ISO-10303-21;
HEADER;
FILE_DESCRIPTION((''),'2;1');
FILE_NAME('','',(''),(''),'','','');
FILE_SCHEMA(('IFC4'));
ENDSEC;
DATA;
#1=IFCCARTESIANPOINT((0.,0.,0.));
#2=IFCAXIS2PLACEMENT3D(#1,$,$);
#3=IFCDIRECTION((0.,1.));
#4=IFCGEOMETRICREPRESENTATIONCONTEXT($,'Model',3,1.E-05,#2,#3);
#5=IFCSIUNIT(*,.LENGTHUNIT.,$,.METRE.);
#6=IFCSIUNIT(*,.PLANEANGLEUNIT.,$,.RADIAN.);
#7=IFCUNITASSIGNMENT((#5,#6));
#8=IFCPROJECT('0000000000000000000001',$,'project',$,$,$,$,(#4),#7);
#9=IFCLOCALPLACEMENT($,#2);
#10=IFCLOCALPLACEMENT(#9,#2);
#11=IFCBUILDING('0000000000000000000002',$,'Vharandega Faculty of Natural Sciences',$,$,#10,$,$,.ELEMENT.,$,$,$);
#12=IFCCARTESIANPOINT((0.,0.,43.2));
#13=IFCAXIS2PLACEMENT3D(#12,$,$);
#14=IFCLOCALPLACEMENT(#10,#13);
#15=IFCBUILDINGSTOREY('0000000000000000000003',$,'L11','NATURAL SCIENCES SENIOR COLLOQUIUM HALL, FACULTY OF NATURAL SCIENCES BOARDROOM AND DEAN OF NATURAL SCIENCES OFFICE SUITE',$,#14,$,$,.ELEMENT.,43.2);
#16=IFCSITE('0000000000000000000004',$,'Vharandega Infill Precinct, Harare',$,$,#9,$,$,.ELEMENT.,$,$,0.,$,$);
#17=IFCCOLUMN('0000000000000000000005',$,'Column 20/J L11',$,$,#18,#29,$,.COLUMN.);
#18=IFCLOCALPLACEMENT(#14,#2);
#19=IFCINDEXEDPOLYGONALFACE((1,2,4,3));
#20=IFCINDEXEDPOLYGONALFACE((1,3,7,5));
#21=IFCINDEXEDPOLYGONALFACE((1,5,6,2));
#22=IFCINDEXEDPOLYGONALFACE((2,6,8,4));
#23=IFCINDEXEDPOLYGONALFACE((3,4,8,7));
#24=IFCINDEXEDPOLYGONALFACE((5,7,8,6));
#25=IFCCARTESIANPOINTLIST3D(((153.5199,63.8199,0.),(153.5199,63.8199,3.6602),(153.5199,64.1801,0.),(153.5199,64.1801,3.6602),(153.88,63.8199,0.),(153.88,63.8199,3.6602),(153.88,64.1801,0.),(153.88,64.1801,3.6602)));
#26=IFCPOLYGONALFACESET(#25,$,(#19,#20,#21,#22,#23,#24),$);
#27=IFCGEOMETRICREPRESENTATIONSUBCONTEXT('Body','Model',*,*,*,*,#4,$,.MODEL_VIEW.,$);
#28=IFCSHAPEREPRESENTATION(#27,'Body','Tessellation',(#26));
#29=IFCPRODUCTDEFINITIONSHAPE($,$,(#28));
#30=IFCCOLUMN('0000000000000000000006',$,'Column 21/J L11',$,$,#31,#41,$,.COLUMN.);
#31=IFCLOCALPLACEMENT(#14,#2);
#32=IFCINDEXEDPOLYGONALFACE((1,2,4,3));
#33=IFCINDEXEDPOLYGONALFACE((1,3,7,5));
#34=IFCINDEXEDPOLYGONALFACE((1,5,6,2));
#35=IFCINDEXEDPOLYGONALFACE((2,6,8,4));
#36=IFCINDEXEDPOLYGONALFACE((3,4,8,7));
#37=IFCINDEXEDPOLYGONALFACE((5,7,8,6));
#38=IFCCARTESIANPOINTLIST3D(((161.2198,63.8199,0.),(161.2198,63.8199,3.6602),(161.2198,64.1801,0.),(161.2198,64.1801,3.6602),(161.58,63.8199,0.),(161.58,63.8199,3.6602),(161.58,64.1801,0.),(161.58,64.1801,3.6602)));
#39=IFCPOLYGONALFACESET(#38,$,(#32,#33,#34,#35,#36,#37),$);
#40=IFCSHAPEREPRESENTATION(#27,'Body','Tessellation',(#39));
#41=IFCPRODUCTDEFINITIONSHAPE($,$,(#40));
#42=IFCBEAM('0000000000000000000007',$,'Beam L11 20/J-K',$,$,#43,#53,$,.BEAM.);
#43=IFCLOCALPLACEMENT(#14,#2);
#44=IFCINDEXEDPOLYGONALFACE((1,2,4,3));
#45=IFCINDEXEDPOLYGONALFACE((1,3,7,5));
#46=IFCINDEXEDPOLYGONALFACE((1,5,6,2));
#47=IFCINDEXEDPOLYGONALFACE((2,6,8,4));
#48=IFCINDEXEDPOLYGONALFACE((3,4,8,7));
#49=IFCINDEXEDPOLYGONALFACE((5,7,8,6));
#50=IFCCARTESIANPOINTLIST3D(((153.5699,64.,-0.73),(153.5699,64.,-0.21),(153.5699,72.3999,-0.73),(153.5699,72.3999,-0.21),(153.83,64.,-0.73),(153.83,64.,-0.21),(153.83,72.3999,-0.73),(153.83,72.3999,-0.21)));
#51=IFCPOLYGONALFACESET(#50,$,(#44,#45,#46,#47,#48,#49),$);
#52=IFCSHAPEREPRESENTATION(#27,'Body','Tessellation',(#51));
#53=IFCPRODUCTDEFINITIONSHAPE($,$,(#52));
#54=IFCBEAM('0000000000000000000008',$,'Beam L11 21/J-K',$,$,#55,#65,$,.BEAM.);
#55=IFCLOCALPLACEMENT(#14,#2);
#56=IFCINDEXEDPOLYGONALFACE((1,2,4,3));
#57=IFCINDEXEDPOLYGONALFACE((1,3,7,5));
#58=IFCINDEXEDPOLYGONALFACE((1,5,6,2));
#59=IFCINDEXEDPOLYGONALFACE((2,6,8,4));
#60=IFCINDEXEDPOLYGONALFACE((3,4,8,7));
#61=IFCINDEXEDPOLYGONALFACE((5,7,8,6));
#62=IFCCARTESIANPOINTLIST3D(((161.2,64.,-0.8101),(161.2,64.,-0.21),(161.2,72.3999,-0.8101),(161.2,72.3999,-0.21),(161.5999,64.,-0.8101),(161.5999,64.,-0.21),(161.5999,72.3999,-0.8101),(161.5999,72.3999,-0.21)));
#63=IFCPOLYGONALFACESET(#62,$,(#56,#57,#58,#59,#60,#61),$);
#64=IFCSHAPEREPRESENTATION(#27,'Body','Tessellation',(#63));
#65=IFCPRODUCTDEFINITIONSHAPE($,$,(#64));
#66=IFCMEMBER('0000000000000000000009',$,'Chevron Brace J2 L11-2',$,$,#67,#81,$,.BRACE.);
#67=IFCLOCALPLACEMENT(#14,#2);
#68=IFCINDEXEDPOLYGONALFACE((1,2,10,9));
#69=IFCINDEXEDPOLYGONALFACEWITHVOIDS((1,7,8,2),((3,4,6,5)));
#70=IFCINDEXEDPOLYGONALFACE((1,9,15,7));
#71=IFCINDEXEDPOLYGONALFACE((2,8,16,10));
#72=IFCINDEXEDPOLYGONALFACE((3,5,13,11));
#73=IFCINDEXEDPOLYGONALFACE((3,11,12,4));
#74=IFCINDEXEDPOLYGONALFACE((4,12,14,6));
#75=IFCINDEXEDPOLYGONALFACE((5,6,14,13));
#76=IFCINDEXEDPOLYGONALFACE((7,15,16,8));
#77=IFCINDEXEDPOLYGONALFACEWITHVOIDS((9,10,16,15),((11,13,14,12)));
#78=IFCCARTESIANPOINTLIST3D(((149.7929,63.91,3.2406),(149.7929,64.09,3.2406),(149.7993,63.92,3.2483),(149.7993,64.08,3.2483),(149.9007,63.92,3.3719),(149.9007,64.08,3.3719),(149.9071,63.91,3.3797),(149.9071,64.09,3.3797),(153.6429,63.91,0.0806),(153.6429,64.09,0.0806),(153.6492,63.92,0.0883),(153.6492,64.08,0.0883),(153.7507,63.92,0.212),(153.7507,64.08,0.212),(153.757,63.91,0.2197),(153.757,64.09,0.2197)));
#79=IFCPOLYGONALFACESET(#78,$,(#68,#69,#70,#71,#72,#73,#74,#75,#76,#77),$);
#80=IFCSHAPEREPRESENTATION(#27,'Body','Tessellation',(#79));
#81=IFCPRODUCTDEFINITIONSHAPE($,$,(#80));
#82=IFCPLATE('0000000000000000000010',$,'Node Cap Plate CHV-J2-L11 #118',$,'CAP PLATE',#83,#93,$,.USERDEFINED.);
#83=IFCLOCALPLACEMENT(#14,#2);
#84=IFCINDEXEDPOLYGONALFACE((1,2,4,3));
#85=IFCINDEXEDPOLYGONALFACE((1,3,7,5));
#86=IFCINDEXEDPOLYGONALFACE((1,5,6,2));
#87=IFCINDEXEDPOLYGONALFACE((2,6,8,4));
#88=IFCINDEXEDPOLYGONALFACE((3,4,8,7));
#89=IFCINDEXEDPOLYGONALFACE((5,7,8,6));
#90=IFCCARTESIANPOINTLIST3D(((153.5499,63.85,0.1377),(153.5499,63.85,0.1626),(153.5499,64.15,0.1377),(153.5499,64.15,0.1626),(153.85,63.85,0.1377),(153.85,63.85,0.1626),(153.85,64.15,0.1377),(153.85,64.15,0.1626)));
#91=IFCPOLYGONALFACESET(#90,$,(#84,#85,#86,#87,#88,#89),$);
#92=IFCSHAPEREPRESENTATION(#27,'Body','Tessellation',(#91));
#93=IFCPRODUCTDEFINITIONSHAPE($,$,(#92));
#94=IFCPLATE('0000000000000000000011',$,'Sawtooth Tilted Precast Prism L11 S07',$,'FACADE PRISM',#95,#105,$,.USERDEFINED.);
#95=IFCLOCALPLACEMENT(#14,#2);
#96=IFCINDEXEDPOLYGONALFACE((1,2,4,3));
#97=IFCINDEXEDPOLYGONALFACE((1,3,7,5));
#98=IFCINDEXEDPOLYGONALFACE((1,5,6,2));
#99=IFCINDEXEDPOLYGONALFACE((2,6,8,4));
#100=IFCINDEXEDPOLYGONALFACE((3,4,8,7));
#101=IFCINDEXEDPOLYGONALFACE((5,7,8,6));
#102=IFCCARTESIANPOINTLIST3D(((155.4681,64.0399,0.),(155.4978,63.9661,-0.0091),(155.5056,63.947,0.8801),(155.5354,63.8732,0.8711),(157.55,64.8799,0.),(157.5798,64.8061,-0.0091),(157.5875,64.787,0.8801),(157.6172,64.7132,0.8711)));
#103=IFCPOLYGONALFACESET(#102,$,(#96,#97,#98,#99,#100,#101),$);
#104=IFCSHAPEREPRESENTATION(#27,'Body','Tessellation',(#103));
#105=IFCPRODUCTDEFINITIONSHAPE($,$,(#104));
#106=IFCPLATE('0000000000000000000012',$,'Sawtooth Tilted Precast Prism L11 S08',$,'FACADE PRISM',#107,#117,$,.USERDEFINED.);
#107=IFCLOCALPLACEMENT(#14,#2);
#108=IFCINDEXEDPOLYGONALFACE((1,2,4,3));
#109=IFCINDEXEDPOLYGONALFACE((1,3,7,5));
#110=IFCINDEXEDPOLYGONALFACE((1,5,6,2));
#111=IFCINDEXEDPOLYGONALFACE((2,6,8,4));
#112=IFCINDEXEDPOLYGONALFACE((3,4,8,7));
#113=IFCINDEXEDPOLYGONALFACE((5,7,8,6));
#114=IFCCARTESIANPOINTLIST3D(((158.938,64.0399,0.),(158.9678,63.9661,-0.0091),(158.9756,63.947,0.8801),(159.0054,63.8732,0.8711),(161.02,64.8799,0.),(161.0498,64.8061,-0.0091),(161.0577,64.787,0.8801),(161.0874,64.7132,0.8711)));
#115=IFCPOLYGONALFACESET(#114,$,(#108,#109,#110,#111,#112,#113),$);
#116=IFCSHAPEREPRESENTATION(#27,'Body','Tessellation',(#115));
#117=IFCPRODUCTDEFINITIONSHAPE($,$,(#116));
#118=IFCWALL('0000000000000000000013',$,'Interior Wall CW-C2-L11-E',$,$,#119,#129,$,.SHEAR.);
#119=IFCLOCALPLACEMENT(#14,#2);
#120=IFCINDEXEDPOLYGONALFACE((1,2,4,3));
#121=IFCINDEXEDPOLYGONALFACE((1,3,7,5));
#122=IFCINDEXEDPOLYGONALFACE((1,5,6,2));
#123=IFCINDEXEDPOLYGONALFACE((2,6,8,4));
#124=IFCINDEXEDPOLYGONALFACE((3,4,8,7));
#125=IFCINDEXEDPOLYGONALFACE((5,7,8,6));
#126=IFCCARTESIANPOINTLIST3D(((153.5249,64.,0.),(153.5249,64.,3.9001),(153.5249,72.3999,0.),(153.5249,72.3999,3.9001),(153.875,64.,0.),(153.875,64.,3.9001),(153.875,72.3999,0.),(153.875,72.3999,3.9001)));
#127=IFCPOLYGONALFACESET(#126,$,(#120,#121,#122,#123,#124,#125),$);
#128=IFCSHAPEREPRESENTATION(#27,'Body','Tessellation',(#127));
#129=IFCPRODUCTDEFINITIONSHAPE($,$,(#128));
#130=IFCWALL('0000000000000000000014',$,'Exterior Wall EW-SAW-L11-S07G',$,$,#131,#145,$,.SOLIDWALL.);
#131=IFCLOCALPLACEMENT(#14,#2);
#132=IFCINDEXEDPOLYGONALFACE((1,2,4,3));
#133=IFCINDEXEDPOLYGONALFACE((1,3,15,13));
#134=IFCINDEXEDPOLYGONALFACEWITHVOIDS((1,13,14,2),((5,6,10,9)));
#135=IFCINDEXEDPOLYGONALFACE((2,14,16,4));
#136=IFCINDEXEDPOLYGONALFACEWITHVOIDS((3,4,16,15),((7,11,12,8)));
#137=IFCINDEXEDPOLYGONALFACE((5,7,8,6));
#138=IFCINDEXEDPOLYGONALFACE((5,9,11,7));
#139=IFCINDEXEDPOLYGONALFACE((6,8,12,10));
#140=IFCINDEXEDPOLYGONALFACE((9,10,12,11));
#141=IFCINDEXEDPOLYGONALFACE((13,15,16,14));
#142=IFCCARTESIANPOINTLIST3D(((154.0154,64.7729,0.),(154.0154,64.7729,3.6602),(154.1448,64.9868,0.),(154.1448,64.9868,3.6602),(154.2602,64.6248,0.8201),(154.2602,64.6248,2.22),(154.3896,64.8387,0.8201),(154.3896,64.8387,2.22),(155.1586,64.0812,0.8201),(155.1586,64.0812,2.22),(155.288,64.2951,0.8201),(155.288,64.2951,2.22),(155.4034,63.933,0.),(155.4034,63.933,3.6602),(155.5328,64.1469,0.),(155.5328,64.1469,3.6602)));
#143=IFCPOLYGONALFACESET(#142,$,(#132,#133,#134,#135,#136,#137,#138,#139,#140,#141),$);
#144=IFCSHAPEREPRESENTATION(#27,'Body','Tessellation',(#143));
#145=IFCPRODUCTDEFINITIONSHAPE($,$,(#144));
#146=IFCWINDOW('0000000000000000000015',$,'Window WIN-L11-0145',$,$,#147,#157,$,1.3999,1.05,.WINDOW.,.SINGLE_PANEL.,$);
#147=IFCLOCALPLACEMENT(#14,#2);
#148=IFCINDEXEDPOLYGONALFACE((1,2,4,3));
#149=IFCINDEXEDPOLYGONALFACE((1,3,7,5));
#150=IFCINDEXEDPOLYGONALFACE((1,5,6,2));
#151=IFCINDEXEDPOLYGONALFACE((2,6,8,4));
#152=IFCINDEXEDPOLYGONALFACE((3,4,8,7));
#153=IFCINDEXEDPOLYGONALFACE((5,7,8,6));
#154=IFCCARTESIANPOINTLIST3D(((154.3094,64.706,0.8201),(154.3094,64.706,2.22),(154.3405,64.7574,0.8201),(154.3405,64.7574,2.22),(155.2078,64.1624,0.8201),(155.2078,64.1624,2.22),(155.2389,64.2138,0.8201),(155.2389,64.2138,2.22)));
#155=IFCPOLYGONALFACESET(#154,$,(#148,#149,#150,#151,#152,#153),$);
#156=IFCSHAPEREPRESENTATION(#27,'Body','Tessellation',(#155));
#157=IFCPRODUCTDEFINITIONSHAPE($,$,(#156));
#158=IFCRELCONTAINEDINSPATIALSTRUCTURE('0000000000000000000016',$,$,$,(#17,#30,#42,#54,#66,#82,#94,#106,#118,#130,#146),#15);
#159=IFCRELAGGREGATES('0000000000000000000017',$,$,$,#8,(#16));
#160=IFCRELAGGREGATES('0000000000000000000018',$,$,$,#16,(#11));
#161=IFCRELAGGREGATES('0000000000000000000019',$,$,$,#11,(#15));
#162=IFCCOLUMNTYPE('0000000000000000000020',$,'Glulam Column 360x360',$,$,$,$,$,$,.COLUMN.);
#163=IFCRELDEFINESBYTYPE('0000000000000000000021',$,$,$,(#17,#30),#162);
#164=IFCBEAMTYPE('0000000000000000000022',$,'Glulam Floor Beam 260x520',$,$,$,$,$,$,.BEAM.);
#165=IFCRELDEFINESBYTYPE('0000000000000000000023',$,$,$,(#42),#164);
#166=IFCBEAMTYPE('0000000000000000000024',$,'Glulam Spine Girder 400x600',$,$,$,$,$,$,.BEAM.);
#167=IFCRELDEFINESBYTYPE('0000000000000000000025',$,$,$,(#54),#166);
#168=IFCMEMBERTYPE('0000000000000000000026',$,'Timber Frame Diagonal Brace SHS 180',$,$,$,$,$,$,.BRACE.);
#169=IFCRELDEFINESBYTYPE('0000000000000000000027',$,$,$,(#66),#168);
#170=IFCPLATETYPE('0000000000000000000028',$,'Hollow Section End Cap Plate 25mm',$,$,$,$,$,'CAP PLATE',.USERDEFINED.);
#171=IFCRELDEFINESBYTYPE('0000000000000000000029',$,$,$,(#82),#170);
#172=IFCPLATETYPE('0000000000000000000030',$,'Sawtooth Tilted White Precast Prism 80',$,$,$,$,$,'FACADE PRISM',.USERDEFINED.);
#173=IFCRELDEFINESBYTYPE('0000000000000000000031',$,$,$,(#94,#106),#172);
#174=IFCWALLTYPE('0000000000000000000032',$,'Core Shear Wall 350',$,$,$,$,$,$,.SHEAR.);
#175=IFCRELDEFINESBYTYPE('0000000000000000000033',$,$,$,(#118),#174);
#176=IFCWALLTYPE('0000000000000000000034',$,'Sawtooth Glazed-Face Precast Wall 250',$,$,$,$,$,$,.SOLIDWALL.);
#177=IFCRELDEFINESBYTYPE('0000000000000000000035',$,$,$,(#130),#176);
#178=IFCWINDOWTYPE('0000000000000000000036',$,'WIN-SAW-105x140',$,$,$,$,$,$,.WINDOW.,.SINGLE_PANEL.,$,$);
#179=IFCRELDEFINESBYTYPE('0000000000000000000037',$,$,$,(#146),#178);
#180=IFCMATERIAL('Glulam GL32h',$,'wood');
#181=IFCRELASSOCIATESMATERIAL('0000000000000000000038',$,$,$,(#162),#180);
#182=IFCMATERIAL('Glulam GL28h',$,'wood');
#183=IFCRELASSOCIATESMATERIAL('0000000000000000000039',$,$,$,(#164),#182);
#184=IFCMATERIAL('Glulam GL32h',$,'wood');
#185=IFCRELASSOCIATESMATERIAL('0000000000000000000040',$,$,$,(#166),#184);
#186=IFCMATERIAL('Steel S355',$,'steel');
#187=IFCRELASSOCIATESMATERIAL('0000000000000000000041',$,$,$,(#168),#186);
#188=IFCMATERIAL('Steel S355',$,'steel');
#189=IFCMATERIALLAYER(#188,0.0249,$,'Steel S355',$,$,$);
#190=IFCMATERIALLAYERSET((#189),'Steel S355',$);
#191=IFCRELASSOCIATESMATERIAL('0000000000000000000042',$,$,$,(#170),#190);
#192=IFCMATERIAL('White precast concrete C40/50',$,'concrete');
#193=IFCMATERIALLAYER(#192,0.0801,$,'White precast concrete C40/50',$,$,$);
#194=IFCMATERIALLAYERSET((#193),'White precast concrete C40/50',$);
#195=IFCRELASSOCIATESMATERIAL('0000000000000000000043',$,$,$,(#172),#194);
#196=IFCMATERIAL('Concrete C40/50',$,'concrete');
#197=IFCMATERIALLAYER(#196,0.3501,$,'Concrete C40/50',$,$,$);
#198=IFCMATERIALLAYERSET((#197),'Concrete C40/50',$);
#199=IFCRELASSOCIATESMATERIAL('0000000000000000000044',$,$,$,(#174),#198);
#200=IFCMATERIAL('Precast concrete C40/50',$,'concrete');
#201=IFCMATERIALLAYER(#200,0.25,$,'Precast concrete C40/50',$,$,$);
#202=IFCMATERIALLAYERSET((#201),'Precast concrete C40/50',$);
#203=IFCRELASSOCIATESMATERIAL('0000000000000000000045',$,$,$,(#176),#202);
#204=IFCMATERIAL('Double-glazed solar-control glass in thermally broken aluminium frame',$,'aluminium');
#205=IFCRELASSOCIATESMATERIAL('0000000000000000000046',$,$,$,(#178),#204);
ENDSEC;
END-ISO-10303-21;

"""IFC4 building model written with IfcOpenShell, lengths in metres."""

from ifc_helpers import new_model, si_unit, direction, frame, frame_2d, origin, origin_2d, place, context, subcontext, project, spatial, polyline, rectangle, hollow_rectangle, outline, extrude, material, layer, layer_set, material_profile, profile_set, type_object, element, fill, save


model = new_model("IFC4")

# Units and contexts
model_context = context("Model", 3, precision=1e-05, world=origin(), true_north=direction((0.0, 1.0)))
body_context = subcontext(model_context, "Body", "Model", "MODEL_VIEW")
ifc_project = project(units=[si_unit("LENGTHUNIT", "METRE"), si_unit("PLANEANGLEUNIT", "RADIAN")], contexts=[model_context])

# Site, building, storey
site_placement = place(None, origin())
site = spatial("IfcSite", under=ifc_project, at=site_placement, Name="Vharandega Infill Precinct, Harare", CompositionType="ELEMENT", RefElevation=0.0)
building_placement = place(site_placement, origin())
building = spatial("IfcBuilding", under=site, at=building_placement, Name="Vharandega Faculty of Natural Sciences", CompositionType="ELEMENT")
storey_placement = place(building_placement, frame((0.0, 0.0, 43.2)))
storey = spatial("IfcBuildingStorey", under=building, at=storey_placement, Name="L11", Description="NATURAL SCIENCES SENIOR COLLOQUIUM HALL, FACULTY OF NATURAL SCIENCES BOARDROOM AND DEAN OF NATURAL SCIENCES OFFICE SUITE", CompositionType="ELEMENT", Elevation=43.2)

# Columns
ifc_material_1 = material(Name="Glulam GL32h", Category="wood")
ifc_material_profile_1 = material_profile(ifc_material_1, rectangle(XDim=0.3601, YDim=0.3601, at=origin_2d()), Name="GL32h 360x360")
ifc_profile_set_1 = profile_set([ifc_material_profile_1], Name="Glulam GL32h")
column_type = type_object("IfcColumnType", Name="Glulam Column 360x360", PredefinedType="COLUMN", material=ifc_profile_set_1)
for number, where, z_axis, x_axis, name in (
    (1, (153.7, 64.0, 0.0), (0.0, 0.0, 1.0), (1.0, 0.0, 0.0), "Column 20/J L11"),
    (2, (161.3999, 64.0, 0.0), (0.0, 0.0, 1.0), (1.0, 0.0, 0.0), "Column 21/J L11"),
):
    element("IfcColumn", number, at=place(storey_placement, frame(where, z_axis=z_axis, x_axis=x_axis)), inside=storey, type_object=column_type, Name=name, PredefinedType="COLUMN", context=body_context, shape_type="SweptSolid", body=[
        extrude(rectangle(XDim=0.3601, YDim=0.3601, at=origin_2d()), origin(), (0.0, 0.0, 1.0), 3.6602),
    ])

# Beams
ifc_material_2 = material(Name="Glulam GL28h", Category="wood")
ifc_material_profile_2 = material_profile(ifc_material_2, rectangle(XDim=0.26, YDim=0.52, at=origin_2d()), Name="GL28h 260x520")
ifc_profile_set_2 = profile_set([ifc_material_profile_2], Name="Glulam GL28h")
beam_type_1 = type_object("IfcBeamType", Name="Glulam Floor Beam 260x520", PredefinedType="BEAM", material=ifc_profile_set_2)
beam_1_placement = place(storey_placement, frame((153.7, 64.0, -0.47), z_axis=(0.0, 1.0, 0.0), x_axis=(-1.0, 0.0, 0.0)))
element("IfcBeam", 3, at=beam_1_placement, inside=storey, type_object=beam_type_1, Name="Beam L11 20/J-K", PredefinedType="BEAM", context=body_context, shape_type="SweptSolid", body=[
    extrude(rectangle(XDim=0.26, YDim=0.52, at=origin_2d()), origin(), (0.0, 0.0, 1.0), 8.3999),
])
ifc_material_3 = material(Name="Glulam GL32h", Category="wood")
ifc_material_profile_3 = material_profile(ifc_material_3, rectangle(XDim=0.3999, YDim=0.6001, at=origin_2d()), Name="GL32h 400x600")
ifc_profile_set_3 = profile_set([ifc_material_profile_3], Name="Glulam GL32h")
beam_type_2 = type_object("IfcBeamType", Name="Glulam Spine Girder 400x600", PredefinedType="BEAM", material=ifc_profile_set_3)
beam_2_placement = place(storey_placement, frame((161.3999, 64.0, -0.51), z_axis=(0.0, 1.0, 0.0), x_axis=(-1.0, 0.0, 0.0)))
element("IfcBeam", 4, at=beam_2_placement, inside=storey, type_object=beam_type_2, Name="Beam L11 21/J-K", PredefinedType="BEAM", context=body_context, shape_type="SweptSolid", body=[
    extrude(rectangle(XDim=0.3999, YDim=0.6001, at=origin_2d()), origin(), (0.0, 0.0, 1.0), 8.3999),
])

# Member
ifc_material_4 = material(Name="Steel S355", Category="steel")
ifc_material_profile_4 = material_profile(ifc_material_4, hollow_rectangle(XDim=0.1799, YDim=0.1799, WallThickness=0.01, at=origin_2d()), Name="SHS 180x180x10")
ifc_profile_set_4 = profile_set([ifc_material_profile_4], Name="Steel S355")
member_type = type_object("IfcMemberType", Name="Timber Frame Diagonal Brace SHS 180", PredefinedType="BRACE", material=ifc_profile_set_4)
member_placement = place(storey_placement, frame((153.7, 64.0, 0.1501), z_axis=(-0.772969, 0.0, 0.634444), x_axis=(0.0, -1.0, 0.0)))
element("IfcMember", 5, at=member_placement, inside=storey, type_object=member_type, Name="Chevron Brace J2 L11-2", PredefinedType="BRACE", context=body_context, shape_type="SweptSolid", body=[
    extrude(hollow_rectangle(XDim=0.1799, YDim=0.1799, WallThickness=0.01, at=origin_2d()), origin(), (0.0, 0.0, 1.0), 4.9807),
])

# Plates
ifc_material_5 = material(Name="Steel S355", Category="steel")
ifc_layer_1 = layer(ifc_material_5, 0.0249, Name="Steel S355")
ifc_layer_set_1 = layer_set([ifc_layer_1], Name="Steel S355")
plate_type_1 = type_object("IfcPlateType", Name="Hollow Section End Cap Plate 25mm", ElementType="CAP PLATE", PredefinedType="USERDEFINED", material=ifc_layer_set_1)
plate_1_placement = place(storey_placement, frame((153.7, 64.0, 0.1377), z_axis=(0.0, 0.0, 1.0), x_axis=(1.0, 0.0, 0.0)))
element("IfcPlate", 6, at=plate_1_placement, inside=storey, type_object=plate_type_1, Name="Node Cap Plate CHV-J2-L11 #118", ObjectType="CAP PLATE", PredefinedType="USERDEFINED", context=body_context, shape_type="SweptSolid", body=[
    extrude(rectangle(XDim=0.3, YDim=0.3, at=origin_2d()), origin(), (0.0, 0.0, 1.0), 0.0249),
])
ifc_material_6 = material(Name="White precast concrete C40/50", Category="concrete")
ifc_layer_2 = layer(ifc_material_6, 0.0801, Name="White precast concrete C40/50")
ifc_layer_set_2 = layer_set([ifc_layer_2], Name="White precast concrete C40/50")
plate_type_2 = type_object("IfcPlateType", Name="Sawtooth Tilted White Precast Prism 80", ElementType="FACADE PRISM", PredefinedType="USERDEFINED", material=ifc_layer_set_2)
plate_2_placement = place(storey_placement, frame((157.55, 64.8799, 0.0), z_axis=(-0.371755, 0.921418, 0.113083), x_axis=(0.042236, -0.104899, 0.993586)))
element("IfcPlate", 7, at=plate_2_placement, inside=storey, type_object=plate_type_2, Name="Sawtooth Tilted Precast Prism L11 S07", ObjectType="FACADE PRISM", PredefinedType="USERDEFINED", context=body_context, shape_type="SweptSolid", body=[
    extrude(outline(polyline([(0.0, 0.0), (0.8858, 0.0), (0.886, -2.2449), (0.0002, -2.245), (0.0, 0.0)])), origin(), (0.0, 0.0, -1.0), 0.0801),
])
plate_3_placement = place(storey_placement, frame((161.02, 64.8799, 0.0), z_axis=(-0.371734, 0.92142, 0.113134), x_axis=(0.042492, -0.104851, 0.99358)))
element("IfcPlate", 8, at=plate_3_placement, inside=storey, type_object=plate_type_2, Name="Sawtooth Tilted Precast Prism L11 S08", ObjectType="FACADE PRISM", PredefinedType="USERDEFINED", context=body_context, shape_type="SweptSolid", body=[
    extrude(outline(polyline([(0.0, 0.0), (0.8858, 0.0), (0.8854, -2.2451), (-0.0004, -2.245), (0.0, 0.0)])), origin(), (0.0, 0.0, -1.0), 0.0801),
])

# Wall
ifc_material_7 = material(Name="Concrete C40/50", Category="concrete")
ifc_layer_3 = layer(ifc_material_7, 0.3501, Name="Concrete C40/50")
ifc_layer_set_3 = layer_set([ifc_layer_3], Name="Concrete C40/50")
wall_type_1 = type_object("IfcWallType", Name="Core Shear Wall 350", PredefinedType="SHEAR", material=ifc_layer_set_3)
wall_1_placement = place(storey_placement, frame((153.7, 64.0, 0.0), z_axis=(0.0, 0.0, 1.0), x_axis=(0.0, 1.0, 0.0)))
element("IfcWall", 9, at=wall_1_placement, inside=storey, type_object=wall_type_1, Name="Interior Wall CW-C2-L11-E", PredefinedType="SHEAR", context=body_context, shape_type="SweptSolid", body=[
    extrude(rectangle(XDim=8.3999, YDim=0.3501, at=frame_2d((4.2, 0.0))), origin(), (0.0, 0.0, 1.0), 3.9001),
])

# Wall, opening, window
ifc_material_8 = material(Name="Precast concrete C40/50", Category="concrete")
ifc_layer_4 = layer(ifc_material_8, 0.25, Name="Precast concrete C40/50")
ifc_layer_set_4 = layer_set([ifc_layer_4], Name="Precast concrete C40/50")
wall_type_2 = type_object("IfcWallType", Name="Sawtooth Glazed-Face Precast Wall 250", PredefinedType="SOLIDWALL", material=ifc_layer_set_4)
wall_2_placement = place(storey_placement, frame((155.468, 64.04, 0.0), z_axis=(0.0, 0.0, 1.0), x_axis=(-0.855561, 0.517701, 0.0)))
wall_2 = element("IfcWall", 10, at=wall_2_placement, inside=storey, type_object=wall_type_2, Name="Exterior Wall EW-SAW-L11-S07G", PredefinedType="SOLIDWALL", context=body_context, shape_type="SweptSolid", body=[
    extrude(rectangle(XDim=1.6223, YDim=0.25, at=frame_2d((0.811, 0.0))), origin(), (0.0, 0.0, 1.0), 3.6602),
])
opening_1_placement = place(wall_2_placement, frame((0.2861, 0.0, 0.8201)))
opening_1 = element("IfcOpeningElement", 11, at=opening_1_placement, cuts=wall_2, PredefinedType="OPENING", context=body_context, shape_type="SweptSolid", body=[
    extrude(rectangle(XDim=1.05, YDim=1.3999, at=frame_2d((0.5249, 0.7))), frame((0.0, 0.135, 0.0), z_axis=(0.0, -1.0, 0.0), x_axis=(1.0, 0.0, 0.0)), (0.0, 0.0, 1.0), 0.27),
])
ifc_material_9 = material(Name="Double-glazed solar-control glass in thermally broken aluminium frame", Category="aluminium")
window_type_1 = type_object("IfcWindowType", Name="WIN-SAW-105x140", PartitioningType="SINGLE_PANEL", PredefinedType="WINDOW", material=ifc_material_9)
window_1_placement = place(opening_1_placement, origin())
window_1 = element("IfcWindow", 12, at=window_1_placement, inside=storey, type_object=window_type_1, Name="Window WIN-L11-0145", OverallHeight=1.3999, OverallWidth=1.05, PartitioningType="SINGLE_PANEL", PredefinedType="WINDOW", context=body_context, shape_type="SweptSolid", body=[
    extrude(rectangle(XDim=1.05, YDim=1.3999, at=frame_2d((0.5249, 0.7))), frame((0.0, 0.03, 0.0), z_axis=(0.0, -1.0, 0.0), x_axis=(1.0, 0.0, 0.0)), (0.0, 0.0, 1.0), 0.0601),
])
fill(opening_1, window_1)

save(model, "model.ifc")
